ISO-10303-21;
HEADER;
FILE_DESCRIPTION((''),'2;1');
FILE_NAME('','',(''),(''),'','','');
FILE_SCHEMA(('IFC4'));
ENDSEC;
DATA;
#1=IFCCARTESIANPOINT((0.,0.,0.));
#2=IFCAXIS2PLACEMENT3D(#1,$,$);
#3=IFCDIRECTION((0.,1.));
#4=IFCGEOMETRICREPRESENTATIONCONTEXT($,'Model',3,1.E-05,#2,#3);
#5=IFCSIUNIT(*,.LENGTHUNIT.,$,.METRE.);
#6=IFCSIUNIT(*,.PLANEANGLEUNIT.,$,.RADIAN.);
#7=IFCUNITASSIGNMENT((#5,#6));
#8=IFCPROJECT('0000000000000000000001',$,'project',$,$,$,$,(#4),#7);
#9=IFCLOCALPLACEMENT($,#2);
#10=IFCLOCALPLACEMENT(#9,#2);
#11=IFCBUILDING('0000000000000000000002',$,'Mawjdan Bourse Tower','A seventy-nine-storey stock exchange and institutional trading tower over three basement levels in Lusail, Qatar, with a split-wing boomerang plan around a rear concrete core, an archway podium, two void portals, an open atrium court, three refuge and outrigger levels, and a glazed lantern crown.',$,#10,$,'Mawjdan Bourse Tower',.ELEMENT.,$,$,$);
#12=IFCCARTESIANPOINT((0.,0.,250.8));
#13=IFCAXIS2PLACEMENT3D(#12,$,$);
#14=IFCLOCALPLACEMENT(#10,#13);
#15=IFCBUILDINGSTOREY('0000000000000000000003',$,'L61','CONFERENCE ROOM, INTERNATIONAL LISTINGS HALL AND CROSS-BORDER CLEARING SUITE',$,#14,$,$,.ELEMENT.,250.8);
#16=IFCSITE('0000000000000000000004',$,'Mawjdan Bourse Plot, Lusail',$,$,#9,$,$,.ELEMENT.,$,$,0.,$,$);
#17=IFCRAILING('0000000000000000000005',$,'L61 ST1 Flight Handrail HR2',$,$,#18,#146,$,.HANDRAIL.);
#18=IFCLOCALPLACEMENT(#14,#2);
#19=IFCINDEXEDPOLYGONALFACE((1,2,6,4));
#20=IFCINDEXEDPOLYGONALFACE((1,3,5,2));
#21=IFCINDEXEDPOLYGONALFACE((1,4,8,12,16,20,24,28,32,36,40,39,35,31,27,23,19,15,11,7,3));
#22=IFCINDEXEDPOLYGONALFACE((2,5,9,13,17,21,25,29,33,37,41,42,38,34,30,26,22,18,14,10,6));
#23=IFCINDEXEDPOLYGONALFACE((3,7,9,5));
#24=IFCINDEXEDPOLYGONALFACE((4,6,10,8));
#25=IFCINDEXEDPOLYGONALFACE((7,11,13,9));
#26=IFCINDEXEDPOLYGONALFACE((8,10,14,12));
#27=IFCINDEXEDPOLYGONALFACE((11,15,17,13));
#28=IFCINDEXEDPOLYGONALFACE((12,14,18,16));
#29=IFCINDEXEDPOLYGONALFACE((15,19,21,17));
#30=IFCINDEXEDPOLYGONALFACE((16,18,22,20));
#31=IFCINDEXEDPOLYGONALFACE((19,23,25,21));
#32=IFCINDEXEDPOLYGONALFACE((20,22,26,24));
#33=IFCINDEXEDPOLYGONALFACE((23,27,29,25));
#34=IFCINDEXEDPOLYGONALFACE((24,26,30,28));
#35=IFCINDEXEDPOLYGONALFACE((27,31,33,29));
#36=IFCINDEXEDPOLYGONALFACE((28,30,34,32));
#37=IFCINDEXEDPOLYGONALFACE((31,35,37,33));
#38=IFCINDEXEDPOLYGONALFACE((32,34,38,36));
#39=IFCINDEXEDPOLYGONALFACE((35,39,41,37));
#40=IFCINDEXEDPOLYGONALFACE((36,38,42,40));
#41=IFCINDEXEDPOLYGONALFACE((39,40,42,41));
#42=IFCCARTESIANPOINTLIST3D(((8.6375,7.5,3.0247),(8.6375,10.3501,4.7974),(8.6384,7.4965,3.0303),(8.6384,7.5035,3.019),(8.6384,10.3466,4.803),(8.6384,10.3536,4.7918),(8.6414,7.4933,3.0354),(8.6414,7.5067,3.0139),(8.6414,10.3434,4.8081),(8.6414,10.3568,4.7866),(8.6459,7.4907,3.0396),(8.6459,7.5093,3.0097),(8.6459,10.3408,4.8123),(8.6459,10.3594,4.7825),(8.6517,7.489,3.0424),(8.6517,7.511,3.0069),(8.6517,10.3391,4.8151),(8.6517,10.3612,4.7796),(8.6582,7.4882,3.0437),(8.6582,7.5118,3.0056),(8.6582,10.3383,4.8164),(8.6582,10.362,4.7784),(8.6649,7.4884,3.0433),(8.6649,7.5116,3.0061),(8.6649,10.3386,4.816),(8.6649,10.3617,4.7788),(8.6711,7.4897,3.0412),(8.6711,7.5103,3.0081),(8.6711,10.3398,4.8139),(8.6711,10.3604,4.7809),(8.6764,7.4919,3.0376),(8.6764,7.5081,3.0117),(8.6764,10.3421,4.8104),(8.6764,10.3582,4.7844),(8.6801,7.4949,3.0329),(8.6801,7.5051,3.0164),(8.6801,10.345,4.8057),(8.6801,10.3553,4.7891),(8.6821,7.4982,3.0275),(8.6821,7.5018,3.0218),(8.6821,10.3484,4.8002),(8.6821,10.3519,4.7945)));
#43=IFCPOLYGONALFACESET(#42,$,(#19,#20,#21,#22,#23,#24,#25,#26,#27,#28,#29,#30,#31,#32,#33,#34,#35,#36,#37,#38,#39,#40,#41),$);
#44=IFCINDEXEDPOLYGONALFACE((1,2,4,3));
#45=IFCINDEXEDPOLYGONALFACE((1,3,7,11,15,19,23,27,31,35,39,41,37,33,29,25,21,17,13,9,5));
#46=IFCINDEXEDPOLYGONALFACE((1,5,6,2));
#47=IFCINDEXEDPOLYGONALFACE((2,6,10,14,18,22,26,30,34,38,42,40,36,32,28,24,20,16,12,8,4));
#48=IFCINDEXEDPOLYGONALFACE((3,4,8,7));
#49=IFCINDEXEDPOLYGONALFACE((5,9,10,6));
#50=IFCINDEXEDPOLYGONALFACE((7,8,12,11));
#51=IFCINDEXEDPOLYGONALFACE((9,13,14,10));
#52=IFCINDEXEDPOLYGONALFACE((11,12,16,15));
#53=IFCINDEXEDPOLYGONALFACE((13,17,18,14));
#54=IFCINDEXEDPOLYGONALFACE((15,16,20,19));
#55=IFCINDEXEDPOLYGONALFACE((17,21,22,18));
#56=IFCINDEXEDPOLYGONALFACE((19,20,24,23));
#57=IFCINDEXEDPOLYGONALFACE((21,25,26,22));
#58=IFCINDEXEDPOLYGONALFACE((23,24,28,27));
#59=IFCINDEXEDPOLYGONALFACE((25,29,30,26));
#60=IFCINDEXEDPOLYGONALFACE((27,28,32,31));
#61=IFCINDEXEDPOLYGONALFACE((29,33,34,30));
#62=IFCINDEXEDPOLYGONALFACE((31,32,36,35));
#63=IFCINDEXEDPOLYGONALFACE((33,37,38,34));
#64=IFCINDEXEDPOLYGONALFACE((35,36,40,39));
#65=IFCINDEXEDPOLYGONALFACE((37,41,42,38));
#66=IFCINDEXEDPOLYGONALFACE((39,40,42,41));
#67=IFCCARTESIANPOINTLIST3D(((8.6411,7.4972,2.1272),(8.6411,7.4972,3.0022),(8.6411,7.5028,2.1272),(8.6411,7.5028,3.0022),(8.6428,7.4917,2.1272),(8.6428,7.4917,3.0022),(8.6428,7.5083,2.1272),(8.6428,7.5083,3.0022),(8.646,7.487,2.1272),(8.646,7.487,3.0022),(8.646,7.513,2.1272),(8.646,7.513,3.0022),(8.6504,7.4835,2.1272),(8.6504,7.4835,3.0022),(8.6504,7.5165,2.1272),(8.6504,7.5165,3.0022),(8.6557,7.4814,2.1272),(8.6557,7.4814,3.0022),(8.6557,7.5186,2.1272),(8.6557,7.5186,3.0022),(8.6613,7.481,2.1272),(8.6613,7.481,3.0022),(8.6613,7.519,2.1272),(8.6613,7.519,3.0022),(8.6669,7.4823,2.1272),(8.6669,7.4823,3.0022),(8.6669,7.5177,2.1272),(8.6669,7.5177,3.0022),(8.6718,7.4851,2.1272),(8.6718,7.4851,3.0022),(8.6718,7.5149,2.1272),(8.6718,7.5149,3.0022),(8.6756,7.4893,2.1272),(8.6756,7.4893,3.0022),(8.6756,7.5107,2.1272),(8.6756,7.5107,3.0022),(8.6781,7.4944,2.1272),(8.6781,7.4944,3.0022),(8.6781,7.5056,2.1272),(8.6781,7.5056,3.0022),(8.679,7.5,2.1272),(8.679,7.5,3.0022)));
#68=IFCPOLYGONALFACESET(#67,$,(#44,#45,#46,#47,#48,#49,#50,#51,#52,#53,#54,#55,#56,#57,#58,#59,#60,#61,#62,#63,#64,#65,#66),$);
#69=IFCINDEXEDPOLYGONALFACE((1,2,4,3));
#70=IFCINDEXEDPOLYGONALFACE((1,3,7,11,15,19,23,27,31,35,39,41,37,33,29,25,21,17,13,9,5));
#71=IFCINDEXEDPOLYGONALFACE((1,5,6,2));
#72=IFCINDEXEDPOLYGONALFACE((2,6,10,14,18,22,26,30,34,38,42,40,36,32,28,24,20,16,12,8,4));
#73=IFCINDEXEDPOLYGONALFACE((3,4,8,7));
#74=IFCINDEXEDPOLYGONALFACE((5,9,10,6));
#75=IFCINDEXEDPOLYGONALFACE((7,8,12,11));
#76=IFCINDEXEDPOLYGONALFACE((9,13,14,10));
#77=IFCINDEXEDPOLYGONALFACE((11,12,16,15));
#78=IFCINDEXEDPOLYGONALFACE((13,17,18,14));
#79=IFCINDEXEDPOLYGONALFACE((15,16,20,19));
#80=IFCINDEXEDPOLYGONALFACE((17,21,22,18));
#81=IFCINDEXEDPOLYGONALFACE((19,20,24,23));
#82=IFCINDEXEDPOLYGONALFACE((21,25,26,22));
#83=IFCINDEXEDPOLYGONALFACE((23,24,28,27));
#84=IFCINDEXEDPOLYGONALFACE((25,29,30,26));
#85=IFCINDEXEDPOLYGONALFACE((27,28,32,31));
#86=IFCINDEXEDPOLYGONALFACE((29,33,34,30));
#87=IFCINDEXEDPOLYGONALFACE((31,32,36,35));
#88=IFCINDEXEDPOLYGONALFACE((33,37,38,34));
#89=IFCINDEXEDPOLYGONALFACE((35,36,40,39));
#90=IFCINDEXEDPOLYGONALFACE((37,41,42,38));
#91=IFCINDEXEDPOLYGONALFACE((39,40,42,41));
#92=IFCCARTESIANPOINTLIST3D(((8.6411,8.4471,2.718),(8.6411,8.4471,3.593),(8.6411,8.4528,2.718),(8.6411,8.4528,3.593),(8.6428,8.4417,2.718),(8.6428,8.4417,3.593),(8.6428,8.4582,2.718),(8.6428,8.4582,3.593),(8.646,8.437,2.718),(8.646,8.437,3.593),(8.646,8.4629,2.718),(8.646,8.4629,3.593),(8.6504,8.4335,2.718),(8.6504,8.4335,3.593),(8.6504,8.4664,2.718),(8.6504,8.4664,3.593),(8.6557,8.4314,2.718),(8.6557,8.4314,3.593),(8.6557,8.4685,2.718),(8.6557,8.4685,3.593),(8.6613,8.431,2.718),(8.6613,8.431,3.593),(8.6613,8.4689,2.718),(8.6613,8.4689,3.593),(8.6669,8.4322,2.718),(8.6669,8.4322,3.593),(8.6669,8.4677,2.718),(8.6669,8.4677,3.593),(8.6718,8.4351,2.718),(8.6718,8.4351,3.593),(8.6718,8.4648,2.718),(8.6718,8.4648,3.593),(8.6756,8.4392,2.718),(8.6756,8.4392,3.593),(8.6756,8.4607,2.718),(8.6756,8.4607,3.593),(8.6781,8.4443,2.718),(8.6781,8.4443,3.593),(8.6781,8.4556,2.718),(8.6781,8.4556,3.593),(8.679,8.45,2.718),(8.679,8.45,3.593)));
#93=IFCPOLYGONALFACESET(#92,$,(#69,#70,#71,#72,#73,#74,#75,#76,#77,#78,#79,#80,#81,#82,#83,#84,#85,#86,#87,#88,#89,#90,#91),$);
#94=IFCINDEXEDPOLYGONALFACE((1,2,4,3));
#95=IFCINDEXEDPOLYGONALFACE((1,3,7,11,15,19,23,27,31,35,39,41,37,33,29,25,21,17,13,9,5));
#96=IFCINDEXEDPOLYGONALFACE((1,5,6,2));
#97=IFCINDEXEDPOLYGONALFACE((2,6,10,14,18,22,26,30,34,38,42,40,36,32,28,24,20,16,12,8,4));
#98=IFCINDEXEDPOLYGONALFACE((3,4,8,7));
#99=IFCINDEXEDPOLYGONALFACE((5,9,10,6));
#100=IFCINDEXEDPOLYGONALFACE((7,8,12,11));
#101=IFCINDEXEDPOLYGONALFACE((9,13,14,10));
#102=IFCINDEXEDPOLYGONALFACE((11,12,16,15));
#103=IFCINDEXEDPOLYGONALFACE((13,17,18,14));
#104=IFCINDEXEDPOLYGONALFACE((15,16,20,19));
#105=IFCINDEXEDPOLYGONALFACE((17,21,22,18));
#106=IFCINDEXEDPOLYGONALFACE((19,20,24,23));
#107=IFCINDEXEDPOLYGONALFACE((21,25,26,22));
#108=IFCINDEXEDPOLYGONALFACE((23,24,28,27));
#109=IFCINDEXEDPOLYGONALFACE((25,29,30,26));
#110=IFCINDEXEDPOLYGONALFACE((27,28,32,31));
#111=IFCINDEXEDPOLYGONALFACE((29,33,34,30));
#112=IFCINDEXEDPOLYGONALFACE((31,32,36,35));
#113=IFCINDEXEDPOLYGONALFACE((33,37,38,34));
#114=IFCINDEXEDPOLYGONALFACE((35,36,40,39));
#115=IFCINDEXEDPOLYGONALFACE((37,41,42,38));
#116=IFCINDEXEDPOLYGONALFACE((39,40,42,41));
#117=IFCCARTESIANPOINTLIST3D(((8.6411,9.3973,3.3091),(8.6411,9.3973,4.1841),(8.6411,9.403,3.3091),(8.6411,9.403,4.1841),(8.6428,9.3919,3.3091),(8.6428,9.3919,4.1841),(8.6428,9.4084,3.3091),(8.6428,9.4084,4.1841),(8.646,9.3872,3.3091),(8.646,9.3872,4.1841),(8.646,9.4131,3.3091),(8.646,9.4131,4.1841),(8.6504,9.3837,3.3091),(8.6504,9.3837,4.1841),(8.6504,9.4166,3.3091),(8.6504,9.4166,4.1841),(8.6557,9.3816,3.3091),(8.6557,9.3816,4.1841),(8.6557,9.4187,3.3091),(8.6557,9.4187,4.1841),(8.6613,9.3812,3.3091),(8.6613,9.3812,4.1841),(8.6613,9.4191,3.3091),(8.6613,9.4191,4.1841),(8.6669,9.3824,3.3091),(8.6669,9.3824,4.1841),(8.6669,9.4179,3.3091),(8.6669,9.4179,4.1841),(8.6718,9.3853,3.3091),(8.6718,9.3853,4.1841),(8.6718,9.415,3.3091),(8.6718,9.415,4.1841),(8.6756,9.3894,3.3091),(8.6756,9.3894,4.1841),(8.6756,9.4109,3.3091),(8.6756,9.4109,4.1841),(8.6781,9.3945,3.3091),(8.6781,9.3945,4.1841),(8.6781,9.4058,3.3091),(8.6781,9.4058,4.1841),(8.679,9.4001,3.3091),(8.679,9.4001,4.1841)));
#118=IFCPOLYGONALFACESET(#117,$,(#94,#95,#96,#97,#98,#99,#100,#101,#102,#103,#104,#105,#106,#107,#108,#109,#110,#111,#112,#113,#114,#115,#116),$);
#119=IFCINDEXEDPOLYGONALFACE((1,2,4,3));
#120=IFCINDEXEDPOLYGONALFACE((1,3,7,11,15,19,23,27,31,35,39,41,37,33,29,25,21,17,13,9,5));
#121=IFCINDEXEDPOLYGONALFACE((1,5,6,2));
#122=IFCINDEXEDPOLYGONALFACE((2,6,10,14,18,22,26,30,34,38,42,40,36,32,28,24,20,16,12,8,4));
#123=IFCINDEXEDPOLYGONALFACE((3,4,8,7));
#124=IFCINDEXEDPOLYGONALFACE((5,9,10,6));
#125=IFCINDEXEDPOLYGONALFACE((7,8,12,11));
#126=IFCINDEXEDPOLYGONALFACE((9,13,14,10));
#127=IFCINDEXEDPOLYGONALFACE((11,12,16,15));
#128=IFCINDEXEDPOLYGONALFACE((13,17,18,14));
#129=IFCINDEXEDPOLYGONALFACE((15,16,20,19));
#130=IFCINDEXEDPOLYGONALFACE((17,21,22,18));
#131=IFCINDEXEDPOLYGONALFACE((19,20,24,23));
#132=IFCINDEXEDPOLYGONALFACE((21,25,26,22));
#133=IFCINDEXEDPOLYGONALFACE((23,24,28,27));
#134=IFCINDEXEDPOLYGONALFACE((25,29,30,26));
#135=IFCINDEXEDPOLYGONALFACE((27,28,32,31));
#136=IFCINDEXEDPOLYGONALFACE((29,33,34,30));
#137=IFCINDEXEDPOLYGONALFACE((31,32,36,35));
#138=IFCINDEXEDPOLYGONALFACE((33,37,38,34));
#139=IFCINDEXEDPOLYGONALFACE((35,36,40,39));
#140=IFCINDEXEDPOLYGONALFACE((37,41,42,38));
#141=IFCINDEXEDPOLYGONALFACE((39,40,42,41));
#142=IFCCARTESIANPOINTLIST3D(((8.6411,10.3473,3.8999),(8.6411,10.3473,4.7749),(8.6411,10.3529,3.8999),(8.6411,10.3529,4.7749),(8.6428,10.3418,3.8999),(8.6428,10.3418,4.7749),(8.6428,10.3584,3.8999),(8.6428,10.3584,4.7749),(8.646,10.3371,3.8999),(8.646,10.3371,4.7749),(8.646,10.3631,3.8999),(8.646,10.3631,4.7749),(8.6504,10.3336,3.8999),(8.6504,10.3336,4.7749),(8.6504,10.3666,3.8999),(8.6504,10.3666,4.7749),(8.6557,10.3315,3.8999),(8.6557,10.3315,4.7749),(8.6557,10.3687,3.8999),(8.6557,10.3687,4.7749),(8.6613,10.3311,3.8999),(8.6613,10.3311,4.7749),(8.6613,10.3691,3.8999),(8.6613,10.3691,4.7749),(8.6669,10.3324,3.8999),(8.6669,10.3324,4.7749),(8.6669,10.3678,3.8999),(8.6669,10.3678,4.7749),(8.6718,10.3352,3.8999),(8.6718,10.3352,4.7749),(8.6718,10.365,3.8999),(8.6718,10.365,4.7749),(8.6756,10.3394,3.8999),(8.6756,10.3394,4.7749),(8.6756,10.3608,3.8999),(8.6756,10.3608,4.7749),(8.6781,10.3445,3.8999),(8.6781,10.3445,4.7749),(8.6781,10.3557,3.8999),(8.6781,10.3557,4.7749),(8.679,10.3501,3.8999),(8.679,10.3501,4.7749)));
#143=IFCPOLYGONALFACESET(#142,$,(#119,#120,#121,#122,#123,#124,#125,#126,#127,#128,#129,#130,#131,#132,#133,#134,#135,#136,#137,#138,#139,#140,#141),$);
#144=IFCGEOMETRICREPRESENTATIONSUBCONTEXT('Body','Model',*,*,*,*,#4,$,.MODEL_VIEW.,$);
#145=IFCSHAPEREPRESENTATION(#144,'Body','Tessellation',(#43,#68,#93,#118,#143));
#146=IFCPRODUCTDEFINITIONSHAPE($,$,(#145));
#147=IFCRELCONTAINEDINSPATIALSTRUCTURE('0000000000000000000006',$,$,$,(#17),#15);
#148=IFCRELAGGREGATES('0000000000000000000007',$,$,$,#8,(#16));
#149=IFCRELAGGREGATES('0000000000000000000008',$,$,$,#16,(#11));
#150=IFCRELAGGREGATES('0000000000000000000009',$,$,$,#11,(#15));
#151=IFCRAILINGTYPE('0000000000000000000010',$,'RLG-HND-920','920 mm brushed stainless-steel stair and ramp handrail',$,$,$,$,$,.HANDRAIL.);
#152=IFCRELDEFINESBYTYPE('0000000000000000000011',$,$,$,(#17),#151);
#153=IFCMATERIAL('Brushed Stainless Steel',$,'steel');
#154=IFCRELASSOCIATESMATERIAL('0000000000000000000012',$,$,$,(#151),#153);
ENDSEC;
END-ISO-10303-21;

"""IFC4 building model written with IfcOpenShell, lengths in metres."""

from ifc_helpers import new_model, si_unit, direction, frame, origin, origin_2d, place, context, subcontext, project, spatial, circle, extrude, material, type_object, element, save


model = new_model("IFC4")

# Units and contexts
model_context = context("Model", 3, precision=1e-05, world=origin(), true_north=direction((0.0, 1.0)))
body_context = subcontext(model_context, "Body", "Model", "MODEL_VIEW")
ifc_project = project(units=[si_unit("LENGTHUNIT", "METRE"), si_unit("PLANEANGLEUNIT", "RADIAN")], contexts=[model_context])

# Site, building, storey
site_placement = place(None, origin())
site = spatial("IfcSite", under=ifc_project, at=site_placement, Name="Mawjdan Bourse Plot, Lusail", CompositionType="ELEMENT", RefElevation=0.0)
building_placement = place(site_placement, origin())
building = spatial("IfcBuilding", under=site, at=building_placement, Name="Mawjdan Bourse Tower", Description="A seventy-nine-storey stock exchange and institutional trading tower over three basement levels in Lusail, Qatar, with a split-wing boomerang plan around a rear concrete core, an archway podium, two void portals, an open atrium court, three refuge and outrigger levels, and a glazed lantern crown.", LongName="Mawjdan Bourse Tower", CompositionType="ELEMENT")
storey_placement = place(building_placement, frame((0.0, 0.0, 250.8)))
storey = spatial("IfcBuildingStorey", under=building, at=storey_placement, Name="L61", Description="CONFERENCE ROOM, INTERNATIONAL LISTINGS HALL AND CROSS-BORDER CLEARING SUITE", CompositionType="ELEMENT", Elevation=250.8)

# Railing
ifc_material_1 = material(Name="Brushed Stainless Steel", Category="steel")
railing_type_1 = type_object("IfcRailingType", Name="RLG-HND-920", Description="920 mm brushed stainless-steel stair and ramp handrail", PredefinedType="HANDRAIL", material=ifc_material_1)
for number, where, name in (
    (1, (8.6599, 7.5, 2.1272), "L61 ST1 Flight Handrail HR2"),
):
    element("IfcRailing", number, at=place(storey_placement, frame(where)), inside=storey, type_object=railing_type_1, Name=name, PredefinedType="HANDRAIL", context=body_context, shape_type="SweptSolid", body=[
        extrude(circle(Radius=0.0225, at=origin_2d()), frame((0.0, 0.0, 0.8975), z_axis=(0.0, 0.849149, 0.528154), x_axis=(-1.0, 0.0, 0.0)), (0.0, 0.0, 1.0), 3.3564),
        extrude(circle(Radius=0.019, at=origin_2d()), origin(), (0.0, 0.0, 1.0), 0.875),
        extrude(circle(Radius=0.019, at=origin_2d()), frame((0.0, 0.95, 0.5908)), (0.0, 0.0, 1.0), 0.875),
        extrude(circle(Radius=0.019, at=origin_2d()), frame((0.0, 1.9001, 1.1819)), (0.0, 0.0, 1.0), 0.875),
        extrude(circle(Radius=0.019, at=origin_2d()), frame((0.0, 2.8501, 1.7727)), (0.0, 0.0, 1.0), 0.875),
    ])

save(model, "model.ifc")
